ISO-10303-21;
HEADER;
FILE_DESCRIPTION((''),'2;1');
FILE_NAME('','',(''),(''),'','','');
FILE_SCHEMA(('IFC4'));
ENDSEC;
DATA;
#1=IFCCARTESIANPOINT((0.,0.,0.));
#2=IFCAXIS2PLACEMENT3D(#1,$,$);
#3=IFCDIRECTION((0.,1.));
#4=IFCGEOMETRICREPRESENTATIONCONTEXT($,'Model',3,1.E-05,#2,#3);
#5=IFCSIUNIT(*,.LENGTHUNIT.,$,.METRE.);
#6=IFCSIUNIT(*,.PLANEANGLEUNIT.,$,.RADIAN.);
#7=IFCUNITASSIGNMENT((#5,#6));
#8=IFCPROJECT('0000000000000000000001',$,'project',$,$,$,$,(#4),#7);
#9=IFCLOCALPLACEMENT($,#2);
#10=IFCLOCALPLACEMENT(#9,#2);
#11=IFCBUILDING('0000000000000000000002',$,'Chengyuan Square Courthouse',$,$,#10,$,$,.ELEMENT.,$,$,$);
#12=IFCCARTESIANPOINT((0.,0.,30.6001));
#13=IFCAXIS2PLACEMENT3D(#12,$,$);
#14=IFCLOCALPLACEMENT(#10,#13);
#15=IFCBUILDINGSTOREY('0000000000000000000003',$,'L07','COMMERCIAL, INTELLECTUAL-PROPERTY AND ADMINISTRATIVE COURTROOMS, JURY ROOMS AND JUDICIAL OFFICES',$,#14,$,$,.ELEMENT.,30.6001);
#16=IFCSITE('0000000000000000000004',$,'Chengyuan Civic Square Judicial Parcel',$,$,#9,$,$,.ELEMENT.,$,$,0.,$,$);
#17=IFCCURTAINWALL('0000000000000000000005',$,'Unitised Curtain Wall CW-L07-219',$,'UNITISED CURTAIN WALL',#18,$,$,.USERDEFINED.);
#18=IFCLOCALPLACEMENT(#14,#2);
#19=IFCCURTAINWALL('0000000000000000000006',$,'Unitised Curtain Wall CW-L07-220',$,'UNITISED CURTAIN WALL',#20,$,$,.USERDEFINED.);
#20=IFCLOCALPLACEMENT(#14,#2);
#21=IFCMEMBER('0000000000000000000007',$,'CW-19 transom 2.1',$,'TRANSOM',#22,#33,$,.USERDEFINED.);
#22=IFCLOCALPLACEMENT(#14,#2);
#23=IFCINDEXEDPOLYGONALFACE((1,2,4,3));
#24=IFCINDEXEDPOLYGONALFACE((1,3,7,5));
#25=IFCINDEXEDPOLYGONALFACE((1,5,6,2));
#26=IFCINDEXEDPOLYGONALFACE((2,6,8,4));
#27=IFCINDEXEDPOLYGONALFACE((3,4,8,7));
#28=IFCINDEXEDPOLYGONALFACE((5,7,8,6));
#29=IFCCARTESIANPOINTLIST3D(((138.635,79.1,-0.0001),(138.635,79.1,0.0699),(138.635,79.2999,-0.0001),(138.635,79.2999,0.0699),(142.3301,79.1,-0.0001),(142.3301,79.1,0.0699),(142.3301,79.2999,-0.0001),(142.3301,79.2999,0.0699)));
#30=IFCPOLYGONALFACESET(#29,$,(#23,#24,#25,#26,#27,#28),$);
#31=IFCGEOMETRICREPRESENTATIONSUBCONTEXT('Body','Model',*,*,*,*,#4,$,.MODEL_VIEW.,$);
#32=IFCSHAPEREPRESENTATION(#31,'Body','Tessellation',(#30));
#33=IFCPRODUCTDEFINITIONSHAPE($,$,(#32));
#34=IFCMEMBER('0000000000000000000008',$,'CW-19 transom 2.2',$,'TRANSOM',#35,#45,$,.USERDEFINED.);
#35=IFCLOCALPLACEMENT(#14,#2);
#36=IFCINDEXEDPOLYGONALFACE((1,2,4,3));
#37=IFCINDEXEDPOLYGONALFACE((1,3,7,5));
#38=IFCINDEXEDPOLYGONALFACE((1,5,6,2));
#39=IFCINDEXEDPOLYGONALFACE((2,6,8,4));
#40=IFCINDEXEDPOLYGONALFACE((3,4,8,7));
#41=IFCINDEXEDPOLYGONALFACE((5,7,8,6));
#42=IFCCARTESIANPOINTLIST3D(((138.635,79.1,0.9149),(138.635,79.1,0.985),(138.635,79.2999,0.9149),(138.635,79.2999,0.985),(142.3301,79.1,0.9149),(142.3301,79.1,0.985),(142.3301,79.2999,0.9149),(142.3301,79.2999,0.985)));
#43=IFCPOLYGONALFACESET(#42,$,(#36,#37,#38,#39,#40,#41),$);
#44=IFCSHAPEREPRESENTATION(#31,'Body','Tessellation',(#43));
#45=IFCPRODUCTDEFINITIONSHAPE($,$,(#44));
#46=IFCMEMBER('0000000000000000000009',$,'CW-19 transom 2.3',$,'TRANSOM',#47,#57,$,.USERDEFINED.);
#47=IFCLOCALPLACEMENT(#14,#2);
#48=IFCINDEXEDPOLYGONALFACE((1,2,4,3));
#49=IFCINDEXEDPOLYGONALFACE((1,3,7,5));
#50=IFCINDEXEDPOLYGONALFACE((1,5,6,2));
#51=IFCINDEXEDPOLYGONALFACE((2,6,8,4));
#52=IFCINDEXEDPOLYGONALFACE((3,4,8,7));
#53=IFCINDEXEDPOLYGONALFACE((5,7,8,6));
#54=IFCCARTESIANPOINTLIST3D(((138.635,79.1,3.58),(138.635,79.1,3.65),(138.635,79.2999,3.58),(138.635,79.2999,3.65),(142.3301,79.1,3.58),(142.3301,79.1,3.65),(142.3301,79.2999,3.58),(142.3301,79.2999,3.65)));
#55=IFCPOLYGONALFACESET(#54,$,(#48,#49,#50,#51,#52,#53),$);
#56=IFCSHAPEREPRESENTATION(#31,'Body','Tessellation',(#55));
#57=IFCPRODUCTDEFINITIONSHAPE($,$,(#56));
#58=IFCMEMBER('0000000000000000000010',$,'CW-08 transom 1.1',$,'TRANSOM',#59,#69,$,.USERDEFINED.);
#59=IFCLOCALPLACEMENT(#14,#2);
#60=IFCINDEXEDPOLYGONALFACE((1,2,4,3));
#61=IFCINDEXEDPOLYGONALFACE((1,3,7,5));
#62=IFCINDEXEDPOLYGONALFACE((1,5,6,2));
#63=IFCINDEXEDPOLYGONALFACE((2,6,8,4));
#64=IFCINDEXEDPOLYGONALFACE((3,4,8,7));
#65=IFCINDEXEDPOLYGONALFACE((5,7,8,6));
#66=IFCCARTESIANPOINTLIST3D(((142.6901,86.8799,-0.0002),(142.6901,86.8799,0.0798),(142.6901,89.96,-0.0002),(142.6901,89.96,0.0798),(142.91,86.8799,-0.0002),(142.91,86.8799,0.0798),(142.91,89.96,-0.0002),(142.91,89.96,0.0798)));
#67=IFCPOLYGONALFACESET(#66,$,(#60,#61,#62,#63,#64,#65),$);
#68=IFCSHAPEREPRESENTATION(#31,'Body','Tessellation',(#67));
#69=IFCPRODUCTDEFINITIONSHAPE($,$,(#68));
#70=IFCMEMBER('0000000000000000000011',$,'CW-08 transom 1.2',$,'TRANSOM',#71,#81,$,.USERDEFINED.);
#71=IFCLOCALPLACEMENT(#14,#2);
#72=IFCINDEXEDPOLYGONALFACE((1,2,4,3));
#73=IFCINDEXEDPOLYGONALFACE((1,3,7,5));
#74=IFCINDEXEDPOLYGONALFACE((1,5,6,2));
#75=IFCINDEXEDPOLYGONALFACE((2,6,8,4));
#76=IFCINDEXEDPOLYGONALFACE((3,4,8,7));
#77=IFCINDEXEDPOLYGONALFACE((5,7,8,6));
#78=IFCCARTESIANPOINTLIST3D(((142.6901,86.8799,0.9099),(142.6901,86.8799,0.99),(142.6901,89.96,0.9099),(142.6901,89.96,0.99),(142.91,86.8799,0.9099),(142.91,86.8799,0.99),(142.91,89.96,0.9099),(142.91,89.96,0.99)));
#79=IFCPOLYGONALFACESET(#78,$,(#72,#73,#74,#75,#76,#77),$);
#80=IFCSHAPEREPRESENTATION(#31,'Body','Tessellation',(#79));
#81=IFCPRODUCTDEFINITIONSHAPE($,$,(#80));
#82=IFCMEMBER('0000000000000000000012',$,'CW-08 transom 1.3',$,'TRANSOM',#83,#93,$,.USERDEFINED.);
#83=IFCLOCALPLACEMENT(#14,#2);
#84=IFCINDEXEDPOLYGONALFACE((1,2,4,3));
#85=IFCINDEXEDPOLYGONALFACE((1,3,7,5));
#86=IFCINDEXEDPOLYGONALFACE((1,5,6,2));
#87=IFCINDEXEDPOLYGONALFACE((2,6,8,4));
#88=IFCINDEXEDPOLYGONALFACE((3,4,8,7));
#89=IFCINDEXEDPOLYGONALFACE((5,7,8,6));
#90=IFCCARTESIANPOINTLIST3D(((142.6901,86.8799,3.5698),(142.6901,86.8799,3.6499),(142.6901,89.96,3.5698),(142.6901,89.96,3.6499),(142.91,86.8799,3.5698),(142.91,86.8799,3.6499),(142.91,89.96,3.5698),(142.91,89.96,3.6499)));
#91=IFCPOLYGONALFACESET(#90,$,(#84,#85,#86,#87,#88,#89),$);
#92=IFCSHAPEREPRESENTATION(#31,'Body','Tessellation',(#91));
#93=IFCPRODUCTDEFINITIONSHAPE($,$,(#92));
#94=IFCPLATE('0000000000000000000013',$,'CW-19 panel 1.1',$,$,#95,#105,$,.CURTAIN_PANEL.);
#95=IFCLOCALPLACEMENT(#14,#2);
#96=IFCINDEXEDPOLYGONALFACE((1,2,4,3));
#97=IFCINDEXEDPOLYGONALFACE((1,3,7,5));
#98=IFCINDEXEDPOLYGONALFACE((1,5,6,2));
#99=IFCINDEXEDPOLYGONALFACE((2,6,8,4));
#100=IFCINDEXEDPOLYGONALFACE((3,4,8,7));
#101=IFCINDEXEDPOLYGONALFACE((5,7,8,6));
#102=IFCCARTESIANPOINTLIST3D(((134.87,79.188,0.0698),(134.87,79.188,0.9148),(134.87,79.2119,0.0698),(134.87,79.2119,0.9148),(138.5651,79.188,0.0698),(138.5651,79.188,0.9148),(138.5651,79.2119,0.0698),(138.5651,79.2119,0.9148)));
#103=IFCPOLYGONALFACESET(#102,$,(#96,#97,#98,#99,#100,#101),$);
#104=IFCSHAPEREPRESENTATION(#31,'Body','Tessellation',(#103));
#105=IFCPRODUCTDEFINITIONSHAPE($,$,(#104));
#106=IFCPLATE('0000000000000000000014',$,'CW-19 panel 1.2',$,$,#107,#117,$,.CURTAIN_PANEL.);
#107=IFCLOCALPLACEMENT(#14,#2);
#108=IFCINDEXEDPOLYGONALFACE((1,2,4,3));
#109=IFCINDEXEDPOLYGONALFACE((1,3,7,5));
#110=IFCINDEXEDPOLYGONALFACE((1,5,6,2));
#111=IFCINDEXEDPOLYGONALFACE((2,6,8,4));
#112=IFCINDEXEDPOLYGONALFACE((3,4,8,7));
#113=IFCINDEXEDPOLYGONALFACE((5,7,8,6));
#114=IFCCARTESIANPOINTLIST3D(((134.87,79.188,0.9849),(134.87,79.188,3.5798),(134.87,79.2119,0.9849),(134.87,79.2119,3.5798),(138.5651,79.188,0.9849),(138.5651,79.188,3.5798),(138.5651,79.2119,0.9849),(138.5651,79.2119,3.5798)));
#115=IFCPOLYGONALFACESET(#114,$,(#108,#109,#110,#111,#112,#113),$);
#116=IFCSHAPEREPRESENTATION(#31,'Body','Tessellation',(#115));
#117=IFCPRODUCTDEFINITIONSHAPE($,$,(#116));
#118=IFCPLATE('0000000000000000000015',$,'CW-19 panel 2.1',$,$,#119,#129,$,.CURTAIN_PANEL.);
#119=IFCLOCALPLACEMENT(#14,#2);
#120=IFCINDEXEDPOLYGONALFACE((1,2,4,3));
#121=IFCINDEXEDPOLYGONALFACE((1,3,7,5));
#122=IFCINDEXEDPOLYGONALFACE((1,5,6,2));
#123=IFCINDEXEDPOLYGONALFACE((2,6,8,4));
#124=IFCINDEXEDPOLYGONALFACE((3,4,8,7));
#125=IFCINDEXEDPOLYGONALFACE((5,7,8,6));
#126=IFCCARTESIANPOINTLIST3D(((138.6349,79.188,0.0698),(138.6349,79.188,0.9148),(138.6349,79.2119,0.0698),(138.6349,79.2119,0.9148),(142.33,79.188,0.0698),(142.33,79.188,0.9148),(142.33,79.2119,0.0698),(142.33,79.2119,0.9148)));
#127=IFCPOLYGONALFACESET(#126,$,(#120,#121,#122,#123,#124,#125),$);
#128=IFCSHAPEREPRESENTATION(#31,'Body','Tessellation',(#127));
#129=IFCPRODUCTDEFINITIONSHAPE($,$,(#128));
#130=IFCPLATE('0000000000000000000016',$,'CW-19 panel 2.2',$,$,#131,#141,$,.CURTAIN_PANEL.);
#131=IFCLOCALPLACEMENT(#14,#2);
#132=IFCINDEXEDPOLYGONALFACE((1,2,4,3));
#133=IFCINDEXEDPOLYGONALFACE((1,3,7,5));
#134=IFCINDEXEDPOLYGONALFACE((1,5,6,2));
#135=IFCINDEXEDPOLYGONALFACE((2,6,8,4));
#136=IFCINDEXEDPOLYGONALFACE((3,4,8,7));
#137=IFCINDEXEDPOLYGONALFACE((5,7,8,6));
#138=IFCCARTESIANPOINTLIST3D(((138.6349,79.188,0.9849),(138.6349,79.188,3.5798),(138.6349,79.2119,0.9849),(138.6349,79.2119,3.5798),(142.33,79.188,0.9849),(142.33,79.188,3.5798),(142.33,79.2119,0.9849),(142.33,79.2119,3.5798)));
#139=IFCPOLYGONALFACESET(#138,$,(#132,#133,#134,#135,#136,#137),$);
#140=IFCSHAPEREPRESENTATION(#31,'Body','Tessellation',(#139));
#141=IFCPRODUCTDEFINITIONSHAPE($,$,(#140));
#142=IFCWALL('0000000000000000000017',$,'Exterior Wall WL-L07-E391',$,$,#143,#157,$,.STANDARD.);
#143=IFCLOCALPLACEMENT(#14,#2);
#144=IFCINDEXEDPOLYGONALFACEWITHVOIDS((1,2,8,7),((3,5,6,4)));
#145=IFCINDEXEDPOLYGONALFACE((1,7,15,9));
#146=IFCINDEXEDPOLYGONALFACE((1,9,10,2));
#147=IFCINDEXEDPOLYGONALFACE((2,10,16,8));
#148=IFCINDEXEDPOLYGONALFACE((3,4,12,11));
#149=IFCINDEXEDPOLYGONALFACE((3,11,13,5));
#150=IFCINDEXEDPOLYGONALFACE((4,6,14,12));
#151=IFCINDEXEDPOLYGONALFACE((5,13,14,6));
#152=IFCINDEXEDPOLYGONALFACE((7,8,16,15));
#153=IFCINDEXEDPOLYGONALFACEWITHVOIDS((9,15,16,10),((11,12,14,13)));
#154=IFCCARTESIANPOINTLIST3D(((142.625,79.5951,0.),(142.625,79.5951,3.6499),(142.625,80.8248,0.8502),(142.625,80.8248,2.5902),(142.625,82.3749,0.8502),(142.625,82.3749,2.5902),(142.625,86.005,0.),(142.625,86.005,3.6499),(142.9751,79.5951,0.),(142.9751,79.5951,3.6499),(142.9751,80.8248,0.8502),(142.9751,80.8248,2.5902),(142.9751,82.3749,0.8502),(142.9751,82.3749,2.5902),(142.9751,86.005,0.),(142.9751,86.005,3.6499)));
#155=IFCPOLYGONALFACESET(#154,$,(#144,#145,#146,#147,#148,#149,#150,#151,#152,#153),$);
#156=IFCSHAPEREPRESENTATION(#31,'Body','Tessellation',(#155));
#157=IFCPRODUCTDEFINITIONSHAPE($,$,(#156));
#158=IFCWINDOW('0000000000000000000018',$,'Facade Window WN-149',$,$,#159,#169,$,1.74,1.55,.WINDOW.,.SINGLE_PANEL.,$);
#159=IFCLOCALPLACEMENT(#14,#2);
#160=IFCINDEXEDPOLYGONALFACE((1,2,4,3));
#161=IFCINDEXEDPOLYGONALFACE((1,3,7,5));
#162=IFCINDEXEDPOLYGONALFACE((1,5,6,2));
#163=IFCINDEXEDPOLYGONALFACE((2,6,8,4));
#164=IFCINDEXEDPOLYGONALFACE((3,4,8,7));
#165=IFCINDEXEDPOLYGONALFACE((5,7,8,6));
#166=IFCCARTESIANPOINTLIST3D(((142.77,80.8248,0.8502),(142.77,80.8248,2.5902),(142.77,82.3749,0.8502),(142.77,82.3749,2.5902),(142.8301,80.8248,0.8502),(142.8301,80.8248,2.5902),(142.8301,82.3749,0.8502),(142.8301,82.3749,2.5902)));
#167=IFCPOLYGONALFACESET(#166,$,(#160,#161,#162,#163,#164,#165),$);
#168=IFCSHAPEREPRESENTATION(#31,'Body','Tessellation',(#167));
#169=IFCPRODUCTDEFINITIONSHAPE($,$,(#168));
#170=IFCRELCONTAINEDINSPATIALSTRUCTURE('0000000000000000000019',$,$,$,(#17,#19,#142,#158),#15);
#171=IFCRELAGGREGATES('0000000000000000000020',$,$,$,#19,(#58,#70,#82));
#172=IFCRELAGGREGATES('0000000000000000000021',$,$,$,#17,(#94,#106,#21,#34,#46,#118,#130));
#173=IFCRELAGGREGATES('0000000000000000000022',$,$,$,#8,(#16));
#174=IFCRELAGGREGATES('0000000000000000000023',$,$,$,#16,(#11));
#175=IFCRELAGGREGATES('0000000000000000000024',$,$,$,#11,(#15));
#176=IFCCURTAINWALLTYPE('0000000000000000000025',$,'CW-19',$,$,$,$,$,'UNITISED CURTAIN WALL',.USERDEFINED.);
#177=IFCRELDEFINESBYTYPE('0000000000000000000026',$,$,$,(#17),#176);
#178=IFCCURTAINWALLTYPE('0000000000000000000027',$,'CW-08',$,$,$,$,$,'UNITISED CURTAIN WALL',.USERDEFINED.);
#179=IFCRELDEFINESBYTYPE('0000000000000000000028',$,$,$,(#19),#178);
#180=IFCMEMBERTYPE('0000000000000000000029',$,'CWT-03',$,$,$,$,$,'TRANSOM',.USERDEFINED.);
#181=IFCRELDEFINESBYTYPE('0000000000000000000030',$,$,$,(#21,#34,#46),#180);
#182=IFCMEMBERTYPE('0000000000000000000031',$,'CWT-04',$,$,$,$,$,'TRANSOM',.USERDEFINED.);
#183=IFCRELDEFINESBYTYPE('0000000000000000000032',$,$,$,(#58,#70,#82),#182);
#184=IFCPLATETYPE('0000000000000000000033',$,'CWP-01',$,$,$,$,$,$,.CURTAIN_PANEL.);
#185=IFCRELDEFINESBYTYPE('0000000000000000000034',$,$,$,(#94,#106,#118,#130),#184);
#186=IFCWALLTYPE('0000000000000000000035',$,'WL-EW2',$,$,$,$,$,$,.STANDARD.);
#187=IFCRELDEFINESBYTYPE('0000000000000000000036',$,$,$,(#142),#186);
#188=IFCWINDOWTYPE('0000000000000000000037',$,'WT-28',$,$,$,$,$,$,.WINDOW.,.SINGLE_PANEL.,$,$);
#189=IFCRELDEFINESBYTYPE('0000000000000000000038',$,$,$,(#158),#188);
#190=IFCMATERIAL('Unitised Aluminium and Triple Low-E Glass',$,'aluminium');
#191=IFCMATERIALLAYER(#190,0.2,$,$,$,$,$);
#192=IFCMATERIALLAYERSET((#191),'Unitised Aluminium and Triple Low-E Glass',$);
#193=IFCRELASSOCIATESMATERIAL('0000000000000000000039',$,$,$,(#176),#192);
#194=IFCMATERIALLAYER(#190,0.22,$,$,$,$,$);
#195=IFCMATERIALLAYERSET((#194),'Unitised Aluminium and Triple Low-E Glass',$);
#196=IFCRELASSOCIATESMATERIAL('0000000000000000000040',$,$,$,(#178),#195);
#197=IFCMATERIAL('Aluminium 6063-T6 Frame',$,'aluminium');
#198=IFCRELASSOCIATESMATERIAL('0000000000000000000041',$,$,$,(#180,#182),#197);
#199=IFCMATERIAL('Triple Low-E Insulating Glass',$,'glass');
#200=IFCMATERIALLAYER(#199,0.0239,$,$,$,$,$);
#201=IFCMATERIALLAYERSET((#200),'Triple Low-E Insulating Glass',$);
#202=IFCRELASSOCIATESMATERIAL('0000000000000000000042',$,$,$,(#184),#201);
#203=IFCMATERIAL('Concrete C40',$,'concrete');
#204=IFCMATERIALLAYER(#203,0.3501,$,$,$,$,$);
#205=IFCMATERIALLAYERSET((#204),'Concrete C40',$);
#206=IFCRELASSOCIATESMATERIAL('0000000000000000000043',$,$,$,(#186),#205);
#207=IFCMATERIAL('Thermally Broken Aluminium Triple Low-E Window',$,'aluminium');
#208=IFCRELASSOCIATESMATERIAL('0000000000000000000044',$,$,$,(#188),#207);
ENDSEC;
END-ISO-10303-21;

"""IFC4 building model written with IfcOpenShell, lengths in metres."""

from ifc_helpers import new_model, si_unit, direction, frame, frame_2d, origin, origin_2d, place, context, subcontext, project, spatial, rectangle, extrude, material, layer, layer_set, material_profile, profile_set, type_object, element, fill, aggregate, save


model = new_model("IFC4")

# Units and contexts
model_context = context("Model", 3, precision=1e-05, world=origin(), true_north=direction((0.0, 1.0)))
body_context = subcontext(model_context, "Body", "Model", "MODEL_VIEW")
ifc_project = project(units=[si_unit("LENGTHUNIT", "METRE"), si_unit("PLANEANGLEUNIT", "RADIAN")], contexts=[model_context])

# Site, building, storey
site_placement = place(None, origin())
site = spatial("IfcSite", under=ifc_project, at=site_placement, Name="Chengyuan Civic Square Judicial Parcel", CompositionType="ELEMENT", RefElevation=0.0)
building_placement = place(site_placement, origin())
building = spatial("IfcBuilding", under=site, at=building_placement, Name="Chengyuan Square Courthouse", CompositionType="ELEMENT")
storey_placement = place(building_placement, frame((0.0, 0.0, 30.6001)))
storey = spatial("IfcBuildingStorey", under=building, at=storey_placement, Name="L07", Description="COMMERCIAL, INTELLECTUAL-PROPERTY AND ADMINISTRATIVE COURTROOMS, JURY ROOMS AND JUDICIAL OFFICES", CompositionType="ELEMENT", Elevation=30.6001)

# Shared definitions
ifc_material_1 = material(Name="Concrete C40", Category="concrete")

# Curtain wall
ifc_material_2 = material(Name="Unitised Aluminium and Triple Low-E Glass", Category="aluminium")
ifc_layer_1 = layer(ifc_material_2, 0.2)
ifc_layer_set_1 = layer_set([ifc_layer_1], Name="Unitised Aluminium and Triple Low-E Glass")
curtain_wall_type_1 = type_object("IfcCurtainWallType", Name="CW-19", ElementType="UNITISED CURTAIN WALL", PredefinedType="USERDEFINED", material=ifc_layer_set_1)
curtain_wall_1_placement = place(storey_placement, origin())
curtain_wall_1 = element("IfcCurtainWall", 1, at=curtain_wall_1_placement, inside=storey, type_object=curtain_wall_type_1, Name="Unitised Curtain Wall CW-L07-219", ObjectType="UNITISED CURTAIN WALL", PredefinedType="USERDEFINED")
ifc_material_3 = material(Name="Aluminium 6063-T6 Frame", Category="aluminium")

# Curtain wall
ifc_layer_2 = layer(ifc_material_2, 0.22)
ifc_layer_set_2 = layer_set([ifc_layer_2], Name="Unitised Aluminium and Triple Low-E Glass")
curtain_wall_type_2 = type_object("IfcCurtainWallType", Name="CW-08", ElementType="UNITISED CURTAIN WALL", PredefinedType="USERDEFINED", material=ifc_layer_set_2)
curtain_wall_2_placement = place(storey_placement, origin())
curtain_wall_2 = element("IfcCurtainWall", 2, at=curtain_wall_2_placement, inside=storey, type_object=curtain_wall_type_2, Name="Unitised Curtain Wall CW-L07-220", ObjectType="UNITISED CURTAIN WALL", PredefinedType="USERDEFINED")

# Members
ifc_material_profile_1 = material_profile(ifc_material_3, rectangle(XDim=0.2, YDim=0.0701, at=origin_2d()), Name="CW-TRN-70x160")
ifc_profile_set_1 = profile_set([ifc_material_profile_1], Name="Aluminium 6063-T6 Frame")
member_type_1 = type_object("IfcMemberType", Name="CWT-03", ElementType="TRANSOM", PredefinedType="USERDEFINED", material=ifc_profile_set_1)
member_1_placement = place(storey_placement, frame((138.635, 79.2, 0.0349), z_axis=(1.0, 0.0, 0.0), x_axis=(0.0, 1.0, 0.0)))
member_1 = element("IfcMember", 3, at=member_1_placement, type_object=member_type_1, Name="CW-19 transom 2.1", ObjectType="TRANSOM", PredefinedType="USERDEFINED", context=body_context, shape_type="SweptSolid", body=[
    extrude(rectangle(XDim=0.2, YDim=0.0701, at=origin_2d()), origin(), (0.0, 0.0, 1.0), 3.6951),
])
member_2_placement = place(storey_placement, frame((138.635, 79.2, 0.95), z_axis=(1.0, 0.0, 0.0), x_axis=(0.0, 1.0, 0.0)))
member_2 = element("IfcMember", 4, at=member_2_placement, type_object=member_type_1, Name="CW-19 transom 2.2", ObjectType="TRANSOM", PredefinedType="USERDEFINED", context=body_context, shape_type="SweptSolid", body=[
    extrude(rectangle(XDim=0.2, YDim=0.0701, at=origin_2d()), origin(), (0.0, 0.0, 1.0), 3.6951),
])
member_3_placement = place(storey_placement, frame((138.635, 79.2, 3.615), z_axis=(1.0, 0.0, 0.0), x_axis=(0.0, 1.0, 0.0)))
member_3 = element("IfcMember", 5, at=member_3_placement, type_object=member_type_1, Name="CW-19 transom 2.3", ObjectType="TRANSOM", PredefinedType="USERDEFINED", context=body_context, shape_type="SweptSolid", body=[
    extrude(rectangle(XDim=0.2, YDim=0.0701, at=origin_2d()), origin(), (0.0, 0.0, 1.0), 3.6951),
])
ifc_material_profile_2 = material_profile(ifc_material_3, rectangle(XDim=0.22, YDim=0.0801, at=origin_2d()), Name="CW-TRN-80x180")
ifc_profile_set_2 = profile_set([ifc_material_profile_2], Name="Aluminium 6063-T6 Frame")
member_type_2 = type_object("IfcMemberType", Name="CWT-04", ElementType="TRANSOM", PredefinedType="USERDEFINED", material=ifc_profile_set_2)
member_4_placement = place(storey_placement, frame((142.8, 86.8799, 0.0398), z_axis=(0.0, 1.0, 0.0), x_axis=(-1.0, 0.0, 0.0)))
member_4 = element("IfcMember", 6, at=member_4_placement, type_object=member_type_2, Name="CW-08 transom 1.1", ObjectType="TRANSOM", PredefinedType="USERDEFINED", context=body_context, shape_type="SweptSolid", body=[
    extrude(rectangle(XDim=0.22, YDim=0.0801, at=origin_2d()), origin(), (0.0, 0.0, 1.0), 3.0801),
])
member_5_placement = place(storey_placement, frame((142.8, 86.8799, 0.95), z_axis=(0.0, 1.0, 0.0), x_axis=(-1.0, 0.0, 0.0)))
member_5 = element("IfcMember", 7, at=member_5_placement, type_object=member_type_2, Name="CW-08 transom 1.2", ObjectType="TRANSOM", PredefinedType="USERDEFINED", context=body_context, shape_type="SweptSolid", body=[
    extrude(rectangle(XDim=0.22, YDim=0.0801, at=origin_2d()), origin(), (0.0, 0.0, 1.0), 3.0801),
])
member_6_placement = place(storey_placement, frame((142.8, 86.8799, 3.6099), z_axis=(0.0, 1.0, 0.0), x_axis=(-1.0, 0.0, 0.0)))
member_6 = element("IfcMember", 8, at=member_6_placement, type_object=member_type_2, Name="CW-08 transom 1.3", ObjectType="TRANSOM", PredefinedType="USERDEFINED", context=body_context, shape_type="SweptSolid", body=[
    extrude(rectangle(XDim=0.22, YDim=0.0801, at=origin_2d()), origin(), (0.0, 0.0, 1.0), 3.0801),
])
aggregate(curtain_wall_2, [member_4, member_5, member_6])

# Plates
ifc_material_4 = material(Name="Triple Low-E Insulating Glass", Category="glass")
ifc_layer_3 = layer(ifc_material_4, 0.0239)
ifc_layer_set_3 = layer_set([ifc_layer_3], Name="Triple Low-E Insulating Glass")
plate_type = type_object("IfcPlateType", Name="CWP-01", PredefinedType="CURTAIN_PANEL", material=ifc_layer_set_3)
plate_1_placement = place(storey_placement, frame((136.7175, 79.2, 0.0698), z_axis=(0.0, 0.0, 1.0), x_axis=(1.0, 0.0, 0.0)))
plate_1 = element("IfcPlate", 9, at=plate_1_placement, type_object=plate_type, Name="CW-19 panel 1.1", PredefinedType="CURTAIN_PANEL", context=body_context, shape_type="SweptSolid", body=[
    extrude(rectangle(XDim=3.6951, YDim=0.0239, at=origin_2d()), origin(), (0.0, 0.0, 1.0), 0.845),
])
plate_2_placement = place(storey_placement, frame((136.7175, 79.2, 0.9849), z_axis=(0.0, 0.0, 1.0), x_axis=(1.0, 0.0, 0.0)))
plate_2 = element("IfcPlate", 10, at=plate_2_placement, type_object=plate_type, Name="CW-19 panel 1.2", PredefinedType="CURTAIN_PANEL", context=body_context, shape_type="SweptSolid", body=[
    extrude(rectangle(XDim=3.6951, YDim=0.0239, at=origin_2d()), origin(), (0.0, 0.0, 1.0), 2.595),
])
plate_3_placement = place(storey_placement, frame((140.4824, 79.2, 0.0698), z_axis=(0.0, 0.0, 1.0), x_axis=(1.0, 0.0, 0.0)))
plate_3 = element("IfcPlate", 11, at=plate_3_placement, type_object=plate_type, Name="CW-19 panel 2.1", PredefinedType="CURTAIN_PANEL", context=body_context, shape_type="SweptSolid", body=[
    extrude(rectangle(XDim=3.6951, YDim=0.0239, at=origin_2d()), origin(), (0.0, 0.0, 1.0), 0.845),
])
plate_4_placement = place(storey_placement, frame((140.4824, 79.2, 0.9849), z_axis=(0.0, 0.0, 1.0), x_axis=(1.0, 0.0, 0.0)))
plate_4 = element("IfcPlate", 12, at=plate_4_placement, type_object=plate_type, Name="CW-19 panel 2.2", PredefinedType="CURTAIN_PANEL", context=body_context, shape_type="SweptSolid", body=[
    extrude(rectangle(XDim=3.6951, YDim=0.0239, at=origin_2d()), origin(), (0.0, 0.0, 1.0), 2.595),
])
aggregate(curtain_wall_1, [plate_1, plate_2, member_1, member_2, member_3, plate_3, plate_4])

# Wall, opening, window
ifc_layer_4 = layer(ifc_material_1, 0.3501)
ifc_layer_set_4 = layer_set([ifc_layer_4], Name="Concrete C40")
wall_type_1 = type_object("IfcWallType", Name="WL-EW2", PredefinedType="STANDARD", material=ifc_layer_set_4)
wall_1_placement = place(storey_placement, frame((142.8, 79.595, 0.0), z_axis=(0.0, 0.0, 1.0), x_axis=(0.0, 1.0, 0.0)))
wall_1 = element("IfcWall", 13, at=wall_1_placement, inside=storey, type_object=wall_type_1, Name="Exterior Wall WL-L07-E391", PredefinedType="STANDARD", context=body_context, shape_type="SweptSolid", body=[
    extrude(rectangle(XDim=6.4099, YDim=0.3501, at=frame_2d((3.2051, 0.0))), origin(), (0.0, 0.0, 1.0), 3.6499),
])
opening_1_placement = place(wall_1_placement, frame((1.23, 0.0, 0.8501)))
opening_1 = element("IfcOpeningElement", 14, at=opening_1_placement, cuts=wall_1, PredefinedType="OPENING", context=body_context, shape_type="SweptSolid", body=[
    extrude(rectangle(XDim=1.55, YDim=1.74, at=frame_2d((0.7749, 0.8701))), frame((0.0, 0.187, 0.0), z_axis=(0.0, -1.0, 0.0), x_axis=(1.0, 0.0, 0.0)), (0.0, 0.0, 1.0), 0.374),
])
ifc_material_5 = material(Name="Thermally Broken Aluminium Triple Low-E Window", Category="aluminium")
window_type = type_object("IfcWindowType", Name="WT-28", PartitioningType="SINGLE_PANEL", PredefinedType="WINDOW", material=ifc_material_5)
window_placement = place(opening_1_placement, origin())
window = element("IfcWindow", 15, at=window_placement, inside=storey, type_object=window_type, Name="Facade Window WN-149", OverallHeight=1.74, OverallWidth=1.55, PartitioningType="SINGLE_PANEL", PredefinedType="WINDOW", context=body_context, shape_type="SweptSolid", body=[
    extrude(rectangle(XDim=1.55, YDim=1.74, at=frame_2d((0.7749, 0.8701))), frame((0.0, 0.03, 0.0), z_axis=(0.0, -1.0, 0.0), x_axis=(1.0, 0.0, 0.0)), (0.0, 0.0, 1.0), 0.0601),
])
fill(opening_1, window)

save(model, "model.ifc")
